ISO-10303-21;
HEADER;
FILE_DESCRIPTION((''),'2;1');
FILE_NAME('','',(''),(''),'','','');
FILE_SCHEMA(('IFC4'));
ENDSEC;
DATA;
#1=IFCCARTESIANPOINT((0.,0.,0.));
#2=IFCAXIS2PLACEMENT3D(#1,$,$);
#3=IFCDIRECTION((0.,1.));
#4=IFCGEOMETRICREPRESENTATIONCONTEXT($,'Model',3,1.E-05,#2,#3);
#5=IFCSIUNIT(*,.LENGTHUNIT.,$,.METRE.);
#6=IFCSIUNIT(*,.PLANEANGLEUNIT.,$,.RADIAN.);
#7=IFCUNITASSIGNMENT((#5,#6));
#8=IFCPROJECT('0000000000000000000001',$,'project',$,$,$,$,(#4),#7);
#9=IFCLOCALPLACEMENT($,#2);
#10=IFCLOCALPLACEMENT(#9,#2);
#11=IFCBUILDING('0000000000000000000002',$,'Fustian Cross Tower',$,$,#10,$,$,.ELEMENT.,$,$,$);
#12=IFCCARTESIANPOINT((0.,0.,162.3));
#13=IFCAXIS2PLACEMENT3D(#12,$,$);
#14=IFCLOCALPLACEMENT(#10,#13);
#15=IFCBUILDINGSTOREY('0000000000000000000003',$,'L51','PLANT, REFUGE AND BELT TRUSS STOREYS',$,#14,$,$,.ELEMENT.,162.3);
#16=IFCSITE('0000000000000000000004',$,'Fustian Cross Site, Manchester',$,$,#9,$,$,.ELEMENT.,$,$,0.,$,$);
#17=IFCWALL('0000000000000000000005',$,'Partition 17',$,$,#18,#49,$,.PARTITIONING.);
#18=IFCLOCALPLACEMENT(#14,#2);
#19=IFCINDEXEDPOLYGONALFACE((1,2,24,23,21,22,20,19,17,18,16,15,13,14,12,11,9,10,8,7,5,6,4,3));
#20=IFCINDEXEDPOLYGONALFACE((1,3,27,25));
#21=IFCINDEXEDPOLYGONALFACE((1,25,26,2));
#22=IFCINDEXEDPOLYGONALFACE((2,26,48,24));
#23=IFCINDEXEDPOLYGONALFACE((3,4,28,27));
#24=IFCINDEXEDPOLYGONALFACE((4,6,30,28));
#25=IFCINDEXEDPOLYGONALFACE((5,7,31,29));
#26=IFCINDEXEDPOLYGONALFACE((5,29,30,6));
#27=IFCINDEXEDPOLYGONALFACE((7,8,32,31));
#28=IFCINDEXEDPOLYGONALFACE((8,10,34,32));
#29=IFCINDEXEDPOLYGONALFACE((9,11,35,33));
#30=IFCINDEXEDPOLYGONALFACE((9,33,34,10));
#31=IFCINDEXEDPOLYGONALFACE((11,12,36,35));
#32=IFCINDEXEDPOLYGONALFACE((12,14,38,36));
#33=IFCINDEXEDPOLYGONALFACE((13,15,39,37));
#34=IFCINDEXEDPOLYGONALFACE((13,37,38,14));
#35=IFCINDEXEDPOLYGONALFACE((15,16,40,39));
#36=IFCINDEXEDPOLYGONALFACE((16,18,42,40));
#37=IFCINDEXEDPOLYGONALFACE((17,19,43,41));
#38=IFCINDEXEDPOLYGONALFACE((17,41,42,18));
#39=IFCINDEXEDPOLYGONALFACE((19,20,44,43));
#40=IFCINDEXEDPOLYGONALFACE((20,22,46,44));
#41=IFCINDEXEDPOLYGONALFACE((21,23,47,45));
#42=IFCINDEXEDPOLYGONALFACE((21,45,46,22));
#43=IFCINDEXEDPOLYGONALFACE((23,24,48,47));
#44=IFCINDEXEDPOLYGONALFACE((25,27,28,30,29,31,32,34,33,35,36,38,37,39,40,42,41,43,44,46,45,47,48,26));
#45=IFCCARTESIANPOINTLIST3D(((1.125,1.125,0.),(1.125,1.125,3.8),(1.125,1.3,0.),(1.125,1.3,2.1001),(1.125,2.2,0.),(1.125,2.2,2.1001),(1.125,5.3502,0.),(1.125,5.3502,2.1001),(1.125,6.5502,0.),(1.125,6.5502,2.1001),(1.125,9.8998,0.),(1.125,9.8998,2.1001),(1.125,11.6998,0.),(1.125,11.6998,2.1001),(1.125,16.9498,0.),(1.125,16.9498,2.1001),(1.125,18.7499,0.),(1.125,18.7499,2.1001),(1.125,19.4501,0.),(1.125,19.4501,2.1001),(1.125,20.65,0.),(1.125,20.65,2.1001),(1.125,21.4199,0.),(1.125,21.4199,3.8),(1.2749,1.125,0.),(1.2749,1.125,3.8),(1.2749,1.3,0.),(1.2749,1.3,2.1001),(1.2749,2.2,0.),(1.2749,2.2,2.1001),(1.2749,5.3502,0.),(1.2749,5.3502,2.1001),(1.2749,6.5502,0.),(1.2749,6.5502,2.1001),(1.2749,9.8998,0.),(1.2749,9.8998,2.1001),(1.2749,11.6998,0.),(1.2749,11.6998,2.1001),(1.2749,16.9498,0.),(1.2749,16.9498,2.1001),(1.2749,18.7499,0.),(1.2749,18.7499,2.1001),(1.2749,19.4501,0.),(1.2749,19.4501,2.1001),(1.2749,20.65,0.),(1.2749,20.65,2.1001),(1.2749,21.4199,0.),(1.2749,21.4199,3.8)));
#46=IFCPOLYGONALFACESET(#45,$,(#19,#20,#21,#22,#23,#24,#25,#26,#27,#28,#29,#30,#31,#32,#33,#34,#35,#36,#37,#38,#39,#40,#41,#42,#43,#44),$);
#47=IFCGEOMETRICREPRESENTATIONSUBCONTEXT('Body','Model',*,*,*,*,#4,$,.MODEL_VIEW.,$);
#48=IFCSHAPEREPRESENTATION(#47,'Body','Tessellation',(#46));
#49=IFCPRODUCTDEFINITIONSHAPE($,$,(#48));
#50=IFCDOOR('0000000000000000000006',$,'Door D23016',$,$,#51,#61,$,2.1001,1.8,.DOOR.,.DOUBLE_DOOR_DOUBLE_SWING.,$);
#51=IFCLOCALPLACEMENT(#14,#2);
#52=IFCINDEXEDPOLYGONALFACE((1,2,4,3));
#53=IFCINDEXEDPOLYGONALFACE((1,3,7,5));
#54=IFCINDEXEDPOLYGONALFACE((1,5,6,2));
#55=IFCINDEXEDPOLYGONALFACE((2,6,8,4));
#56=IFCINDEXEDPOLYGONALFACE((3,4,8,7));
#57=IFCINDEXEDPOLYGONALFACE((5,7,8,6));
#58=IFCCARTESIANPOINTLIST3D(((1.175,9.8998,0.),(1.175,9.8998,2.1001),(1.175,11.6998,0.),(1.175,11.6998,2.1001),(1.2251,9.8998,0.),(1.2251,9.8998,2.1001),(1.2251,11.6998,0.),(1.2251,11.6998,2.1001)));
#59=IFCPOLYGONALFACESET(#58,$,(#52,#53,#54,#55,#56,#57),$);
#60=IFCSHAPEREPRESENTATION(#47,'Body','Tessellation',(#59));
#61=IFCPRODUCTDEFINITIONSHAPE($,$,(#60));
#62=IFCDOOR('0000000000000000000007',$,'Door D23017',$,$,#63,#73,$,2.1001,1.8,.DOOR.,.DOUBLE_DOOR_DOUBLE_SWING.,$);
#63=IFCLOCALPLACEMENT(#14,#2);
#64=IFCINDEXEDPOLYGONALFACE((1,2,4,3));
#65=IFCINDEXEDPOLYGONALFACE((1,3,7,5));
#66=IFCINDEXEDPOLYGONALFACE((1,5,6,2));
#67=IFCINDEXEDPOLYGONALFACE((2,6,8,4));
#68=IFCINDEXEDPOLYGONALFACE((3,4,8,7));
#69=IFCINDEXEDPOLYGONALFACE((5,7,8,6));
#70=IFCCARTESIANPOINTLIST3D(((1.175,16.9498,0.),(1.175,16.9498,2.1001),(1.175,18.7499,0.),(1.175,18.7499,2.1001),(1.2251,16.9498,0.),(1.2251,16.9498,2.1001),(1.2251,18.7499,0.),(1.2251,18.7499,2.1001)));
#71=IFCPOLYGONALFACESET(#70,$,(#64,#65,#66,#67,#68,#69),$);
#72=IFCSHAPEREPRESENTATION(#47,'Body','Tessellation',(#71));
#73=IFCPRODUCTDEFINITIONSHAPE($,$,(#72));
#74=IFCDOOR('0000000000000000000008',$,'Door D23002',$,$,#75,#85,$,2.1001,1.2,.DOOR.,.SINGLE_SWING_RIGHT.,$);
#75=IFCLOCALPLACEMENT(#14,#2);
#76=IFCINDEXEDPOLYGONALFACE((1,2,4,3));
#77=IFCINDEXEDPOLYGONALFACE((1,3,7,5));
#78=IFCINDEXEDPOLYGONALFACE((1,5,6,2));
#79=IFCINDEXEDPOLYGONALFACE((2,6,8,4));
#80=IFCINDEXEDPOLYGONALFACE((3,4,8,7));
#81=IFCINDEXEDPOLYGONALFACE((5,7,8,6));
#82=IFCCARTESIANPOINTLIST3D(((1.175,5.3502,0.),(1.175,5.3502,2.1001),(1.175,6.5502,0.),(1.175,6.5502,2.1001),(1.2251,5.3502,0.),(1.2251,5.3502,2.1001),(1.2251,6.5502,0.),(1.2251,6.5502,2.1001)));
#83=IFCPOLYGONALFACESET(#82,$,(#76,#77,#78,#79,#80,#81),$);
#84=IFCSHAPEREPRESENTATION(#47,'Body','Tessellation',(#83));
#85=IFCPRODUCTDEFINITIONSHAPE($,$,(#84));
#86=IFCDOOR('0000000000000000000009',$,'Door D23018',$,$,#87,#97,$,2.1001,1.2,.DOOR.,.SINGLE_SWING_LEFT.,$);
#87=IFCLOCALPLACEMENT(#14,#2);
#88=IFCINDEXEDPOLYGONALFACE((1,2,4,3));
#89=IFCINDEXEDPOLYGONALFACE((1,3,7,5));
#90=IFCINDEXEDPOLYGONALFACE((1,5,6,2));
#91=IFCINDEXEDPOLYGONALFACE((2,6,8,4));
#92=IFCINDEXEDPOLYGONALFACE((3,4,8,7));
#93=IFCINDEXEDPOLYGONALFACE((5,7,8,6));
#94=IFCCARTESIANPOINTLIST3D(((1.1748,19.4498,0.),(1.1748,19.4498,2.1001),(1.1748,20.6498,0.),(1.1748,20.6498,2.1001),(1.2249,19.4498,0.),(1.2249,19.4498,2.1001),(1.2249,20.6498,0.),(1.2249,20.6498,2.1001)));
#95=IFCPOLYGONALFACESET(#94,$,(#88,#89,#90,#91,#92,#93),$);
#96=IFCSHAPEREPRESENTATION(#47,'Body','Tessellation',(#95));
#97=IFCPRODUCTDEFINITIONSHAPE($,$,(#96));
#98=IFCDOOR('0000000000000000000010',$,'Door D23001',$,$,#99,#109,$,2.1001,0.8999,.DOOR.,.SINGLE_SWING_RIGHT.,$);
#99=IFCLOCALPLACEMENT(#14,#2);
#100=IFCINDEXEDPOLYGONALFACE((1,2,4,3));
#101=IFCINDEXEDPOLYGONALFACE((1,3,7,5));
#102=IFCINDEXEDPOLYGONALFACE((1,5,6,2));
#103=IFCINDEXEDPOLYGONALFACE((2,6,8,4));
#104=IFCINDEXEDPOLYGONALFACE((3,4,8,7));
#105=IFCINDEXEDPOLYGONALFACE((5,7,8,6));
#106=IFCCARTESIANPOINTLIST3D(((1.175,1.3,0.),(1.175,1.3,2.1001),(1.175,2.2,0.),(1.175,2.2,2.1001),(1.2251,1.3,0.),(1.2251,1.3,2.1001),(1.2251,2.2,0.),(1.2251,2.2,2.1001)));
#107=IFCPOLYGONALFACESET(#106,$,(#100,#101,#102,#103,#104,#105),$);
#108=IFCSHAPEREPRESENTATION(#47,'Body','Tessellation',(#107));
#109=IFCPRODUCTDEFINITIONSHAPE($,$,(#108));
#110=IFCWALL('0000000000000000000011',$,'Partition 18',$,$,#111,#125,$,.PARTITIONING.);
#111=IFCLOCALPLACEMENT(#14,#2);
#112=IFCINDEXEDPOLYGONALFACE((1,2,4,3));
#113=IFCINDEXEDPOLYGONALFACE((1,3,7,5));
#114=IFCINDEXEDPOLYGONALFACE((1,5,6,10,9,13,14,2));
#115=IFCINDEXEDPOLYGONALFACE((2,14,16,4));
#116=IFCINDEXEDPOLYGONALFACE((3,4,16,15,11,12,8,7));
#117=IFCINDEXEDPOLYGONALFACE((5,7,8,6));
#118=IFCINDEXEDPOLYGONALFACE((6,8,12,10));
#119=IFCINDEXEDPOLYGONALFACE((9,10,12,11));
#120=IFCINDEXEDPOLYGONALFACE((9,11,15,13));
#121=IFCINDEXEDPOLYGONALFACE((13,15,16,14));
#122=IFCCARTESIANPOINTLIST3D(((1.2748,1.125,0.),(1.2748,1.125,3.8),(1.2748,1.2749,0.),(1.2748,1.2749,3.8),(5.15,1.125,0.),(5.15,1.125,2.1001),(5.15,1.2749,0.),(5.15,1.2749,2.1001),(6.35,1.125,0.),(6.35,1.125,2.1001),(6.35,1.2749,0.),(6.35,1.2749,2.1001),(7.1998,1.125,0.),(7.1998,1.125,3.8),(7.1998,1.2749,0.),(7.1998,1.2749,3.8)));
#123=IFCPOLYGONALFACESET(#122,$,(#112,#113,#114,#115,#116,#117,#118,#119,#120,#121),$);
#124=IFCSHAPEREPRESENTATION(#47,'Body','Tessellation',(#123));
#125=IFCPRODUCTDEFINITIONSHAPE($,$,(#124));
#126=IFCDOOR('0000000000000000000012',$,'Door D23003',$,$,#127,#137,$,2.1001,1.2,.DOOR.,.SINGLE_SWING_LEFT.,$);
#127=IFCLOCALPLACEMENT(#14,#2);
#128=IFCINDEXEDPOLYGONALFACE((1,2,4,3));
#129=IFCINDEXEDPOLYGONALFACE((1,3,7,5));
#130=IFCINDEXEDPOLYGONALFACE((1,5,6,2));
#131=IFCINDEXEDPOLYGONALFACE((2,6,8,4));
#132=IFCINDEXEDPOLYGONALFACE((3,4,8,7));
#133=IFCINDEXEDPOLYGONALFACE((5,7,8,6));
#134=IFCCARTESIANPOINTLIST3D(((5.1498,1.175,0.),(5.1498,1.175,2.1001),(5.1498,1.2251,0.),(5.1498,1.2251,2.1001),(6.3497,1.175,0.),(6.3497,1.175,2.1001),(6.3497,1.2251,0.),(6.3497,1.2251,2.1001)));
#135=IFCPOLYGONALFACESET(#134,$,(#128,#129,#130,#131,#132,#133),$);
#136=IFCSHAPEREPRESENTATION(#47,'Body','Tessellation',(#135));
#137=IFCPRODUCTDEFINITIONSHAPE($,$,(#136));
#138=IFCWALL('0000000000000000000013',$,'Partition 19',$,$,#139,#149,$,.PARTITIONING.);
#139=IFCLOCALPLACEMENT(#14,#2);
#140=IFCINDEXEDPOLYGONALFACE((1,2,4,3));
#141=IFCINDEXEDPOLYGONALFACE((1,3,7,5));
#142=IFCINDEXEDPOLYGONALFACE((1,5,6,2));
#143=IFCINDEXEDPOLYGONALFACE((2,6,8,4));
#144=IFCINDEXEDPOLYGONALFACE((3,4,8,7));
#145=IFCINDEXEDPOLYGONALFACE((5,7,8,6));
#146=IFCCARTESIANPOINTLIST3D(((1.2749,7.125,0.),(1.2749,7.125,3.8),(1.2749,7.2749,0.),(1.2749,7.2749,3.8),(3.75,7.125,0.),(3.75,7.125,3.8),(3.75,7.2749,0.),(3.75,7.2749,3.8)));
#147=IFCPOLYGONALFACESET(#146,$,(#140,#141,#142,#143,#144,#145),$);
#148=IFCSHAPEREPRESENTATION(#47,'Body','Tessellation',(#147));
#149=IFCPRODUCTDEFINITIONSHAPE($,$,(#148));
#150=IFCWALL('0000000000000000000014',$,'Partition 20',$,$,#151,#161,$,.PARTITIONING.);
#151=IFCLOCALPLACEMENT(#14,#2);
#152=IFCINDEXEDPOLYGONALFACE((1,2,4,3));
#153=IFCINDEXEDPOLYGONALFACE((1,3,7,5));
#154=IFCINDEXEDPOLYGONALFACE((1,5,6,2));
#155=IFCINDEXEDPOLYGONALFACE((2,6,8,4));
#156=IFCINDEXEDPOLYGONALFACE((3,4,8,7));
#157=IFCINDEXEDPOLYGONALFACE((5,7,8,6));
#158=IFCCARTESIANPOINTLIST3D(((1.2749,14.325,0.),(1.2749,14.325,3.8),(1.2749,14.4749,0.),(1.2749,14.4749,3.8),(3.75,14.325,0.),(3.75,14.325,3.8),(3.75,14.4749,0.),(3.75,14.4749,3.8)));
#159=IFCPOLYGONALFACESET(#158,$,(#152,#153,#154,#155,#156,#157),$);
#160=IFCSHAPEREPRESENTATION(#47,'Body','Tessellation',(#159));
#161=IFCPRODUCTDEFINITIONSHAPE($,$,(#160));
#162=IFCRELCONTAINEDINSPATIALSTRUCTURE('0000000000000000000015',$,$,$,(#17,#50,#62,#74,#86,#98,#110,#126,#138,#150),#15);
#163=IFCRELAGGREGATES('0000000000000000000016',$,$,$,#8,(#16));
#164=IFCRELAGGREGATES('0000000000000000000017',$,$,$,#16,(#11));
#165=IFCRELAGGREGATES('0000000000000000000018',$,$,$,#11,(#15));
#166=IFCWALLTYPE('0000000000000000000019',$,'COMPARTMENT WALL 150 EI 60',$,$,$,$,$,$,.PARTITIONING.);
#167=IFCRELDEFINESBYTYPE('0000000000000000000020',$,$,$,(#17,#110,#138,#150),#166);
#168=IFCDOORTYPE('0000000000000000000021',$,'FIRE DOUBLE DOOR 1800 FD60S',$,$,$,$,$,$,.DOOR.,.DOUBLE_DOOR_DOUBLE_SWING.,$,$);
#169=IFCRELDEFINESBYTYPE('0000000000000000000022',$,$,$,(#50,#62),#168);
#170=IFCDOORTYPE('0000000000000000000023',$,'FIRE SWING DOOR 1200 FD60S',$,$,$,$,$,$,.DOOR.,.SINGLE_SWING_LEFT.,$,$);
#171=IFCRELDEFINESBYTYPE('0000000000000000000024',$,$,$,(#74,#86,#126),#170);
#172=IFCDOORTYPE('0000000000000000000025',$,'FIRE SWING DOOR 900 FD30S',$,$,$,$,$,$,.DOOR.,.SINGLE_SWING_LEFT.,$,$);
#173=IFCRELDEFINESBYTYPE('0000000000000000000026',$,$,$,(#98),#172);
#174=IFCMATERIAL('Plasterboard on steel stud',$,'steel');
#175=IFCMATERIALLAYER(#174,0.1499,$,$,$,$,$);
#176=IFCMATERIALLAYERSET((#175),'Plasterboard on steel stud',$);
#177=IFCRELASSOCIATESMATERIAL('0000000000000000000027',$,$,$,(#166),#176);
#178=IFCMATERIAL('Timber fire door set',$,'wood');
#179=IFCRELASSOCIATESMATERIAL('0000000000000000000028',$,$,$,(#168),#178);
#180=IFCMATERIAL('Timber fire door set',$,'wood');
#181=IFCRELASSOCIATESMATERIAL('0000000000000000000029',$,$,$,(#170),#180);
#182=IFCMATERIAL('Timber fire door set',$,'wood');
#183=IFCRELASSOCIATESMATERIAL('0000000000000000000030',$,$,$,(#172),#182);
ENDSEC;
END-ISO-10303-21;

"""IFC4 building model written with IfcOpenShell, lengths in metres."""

from ifc_helpers import new_model, si_unit, direction, frame, frame_2d, origin, place, context, subcontext, project, spatial, rectangle, extrude, material, layer, layer_set, type_object, element, fill, save


model = new_model("IFC4")

# Units and contexts
model_context = context("Model", 3, precision=1e-05, world=origin(), true_north=direction((0.0, 1.0)))
body_context = subcontext(model_context, "Body", "Model", "MODEL_VIEW")
ifc_project = project(units=[si_unit("LENGTHUNIT", "METRE"), si_unit("PLANEANGLEUNIT", "RADIAN")], contexts=[model_context])

# Site, building, storey
site_placement = place(None, origin())
site = spatial("IfcSite", under=ifc_project, at=site_placement, Name="Fustian Cross Site, Manchester", CompositionType="ELEMENT", RefElevation=0.0)
building_placement = place(site_placement, origin())
building = spatial("IfcBuilding", under=site, at=building_placement, Name="Fustian Cross Tower", CompositionType="ELEMENT")
storey_placement = place(building_placement, frame((0.0, 0.0, 162.3)))
storey = spatial("IfcBuildingStorey", under=building, at=storey_placement, Name="L51", Description="PLANT, REFUGE AND BELT TRUSS STOREYS", CompositionType="ELEMENT", Elevation=162.3)

# Wall, openings, doors
ifc_material_1 = material(Name="Plasterboard on steel stud", Category="steel")
ifc_layer_1 = layer(ifc_material_1, 0.1499)
ifc_layer_set_1 = layer_set([ifc_layer_1], Name="Plasterboard on steel stud")
wall_type_1 = type_object("IfcWallType", Name="COMPARTMENT WALL 150 EI 60", PredefinedType="PARTITIONING", material=ifc_layer_set_1)
ifc_material_2 = material(Name="Timber fire door set", Category="wood")
door_type_1 = type_object("IfcDoorType", Name="FIRE DOUBLE DOOR 1800 FD60S", OperationType="DOUBLE_DOOR_DOUBLE_SWING", PredefinedType="DOOR", material=ifc_material_2)
ifc_material_3 = material(Name="Timber fire door set", Category="wood")
door_type_2 = type_object("IfcDoorType", Name="FIRE SWING DOOR 1200 FD60S", OperationType="SINGLE_SWING_LEFT", PredefinedType="DOOR", material=ifc_material_3)
wall_1_placement = place(storey_placement, frame((1.2, 1.125, 0.0), z_axis=(0.0, 0.0, 1.0), x_axis=(0.0, 1.0, 0.0)))
wall_1 = element("IfcWall", 1, at=wall_1_placement, inside=storey, type_object=wall_type_1, Name="Partition 17", PredefinedType="PARTITIONING", context=body_context, shape_type="SweptSolid", body=[
    extrude(rectangle(XDim=20.2949, YDim=0.1499, at=frame_2d((10.1475, 0.0))), origin(), (0.0, 0.0, 1.0), 3.8),
])
opening_1_placement = place(wall_1_placement, frame((0.175, 0.0, 0.0)))
opening_1 = element("IfcOpeningElement", 2, at=opening_1_placement, cuts=wall_1, PredefinedType="OPENING", context=body_context, shape_type="SweptSolid", body=[
    extrude(rectangle(XDim=0.8999, YDim=2.1001, at=frame_2d((0.45, 1.05))), frame((0.0, 0.085, 0.0), z_axis=(0.0, -1.0, 0.0), x_axis=(1.0, 0.0, 0.0)), (0.0, 0.0, 1.0), 0.1699),
])
opening_2_placement = place(wall_1_placement, frame((4.2251, 0.0, 0.0)))
opening_2 = element("IfcOpeningElement", 3, at=opening_2_placement, cuts=wall_1, PredefinedType="OPENING", context=body_context, shape_type="SweptSolid", body=[
    extrude(rectangle(XDim=1.2, YDim=2.1001, at=frame_2d((0.6001, 1.05))), frame((0.0, 0.085, 0.0), z_axis=(0.0, -1.0, 0.0), x_axis=(1.0, 0.0, 0.0)), (0.0, 0.0, 1.0), 0.1699),
])
opening_3_placement = place(wall_1_placement, frame((8.7749, 0.0, 0.0)))
opening_3 = element("IfcOpeningElement", 4, at=opening_3_placement, cuts=wall_1, PredefinedType="OPENING", context=body_context, shape_type="SweptSolid", body=[
    extrude(rectangle(XDim=1.8, YDim=2.1001, at=frame_2d((0.8999, 1.05))), frame((0.0, 0.085, 0.0), z_axis=(0.0, -1.0, 0.0), x_axis=(1.0, 0.0, 0.0)), (0.0, 0.0, 1.0), 0.1699),
])
opening_4_placement = place(wall_1_placement, frame((15.825, 0.0, 0.0)))
opening_4 = element("IfcOpeningElement", 5, at=opening_4_placement, cuts=wall_1, PredefinedType="OPENING", context=body_context, shape_type="SweptSolid", body=[
    extrude(rectangle(XDim=1.8, YDim=2.1001, at=frame_2d((0.8999, 1.05))), frame((0.0, 0.085, 0.0), z_axis=(0.0, -1.0, 0.0), x_axis=(1.0, 0.0, 0.0)), (0.0, 0.0, 1.0), 0.1699),
])
opening_5_placement = place(wall_1_placement, frame((18.325, 0.0, 0.0)))
opening_5 = element("IfcOpeningElement", 6, at=opening_5_placement, cuts=wall_1, PredefinedType="OPENING", context=body_context, shape_type="SweptSolid", body=[
    extrude(rectangle(XDim=1.2, YDim=2.1001, at=frame_2d((0.6001, 1.05))), frame((0.0, 0.085, 0.0), z_axis=(0.0, -1.0, 0.0), x_axis=(1.0, 0.0, 0.0)), (0.0, 0.0, 1.0), 0.1699),
])
door_1_placement = place(opening_3_placement, origin())
door_1 = element("IfcDoor", 7, at=door_1_placement, inside=storey, type_object=door_type_1, Name="Door D23016", OperationType="DOUBLE_DOOR_DOUBLE_SWING", OverallHeight=2.1001, OverallWidth=1.8, PredefinedType="DOOR", context=body_context, shape_type="SweptSolid", body=[
    extrude(rectangle(XDim=1.8, YDim=2.1001, at=frame_2d((0.8999, 1.05))), frame((0.0, 0.0249, 0.0), z_axis=(0.0, -1.0, 0.0), x_axis=(1.0, 0.0, 0.0)), (0.0, 0.0, 1.0), 0.05),
])
fill(opening_3, door_1)
door_2_placement = place(opening_4_placement, origin())
door_2 = element("IfcDoor", 8, at=door_2_placement, inside=storey, type_object=door_type_1, Name="Door D23017", OperationType="DOUBLE_DOOR_DOUBLE_SWING", OverallHeight=2.1001, OverallWidth=1.8, PredefinedType="DOOR", context=body_context, shape_type="SweptSolid", body=[
    extrude(rectangle(XDim=1.8, YDim=2.1001, at=frame_2d((0.8999, 1.05))), frame((0.0, 0.0249, 0.0), z_axis=(0.0, -1.0, 0.0), x_axis=(1.0, 0.0, 0.0)), (0.0, 0.0, 1.0), 0.05),
])
fill(opening_4, door_2)
door_3_placement = place(opening_2_placement, origin())
door_3 = element("IfcDoor", 9, at=door_3_placement, inside=storey, type_object=door_type_2, Name="Door D23002", OperationType="SINGLE_SWING_RIGHT", OverallHeight=2.1001, OverallWidth=1.2, PredefinedType="DOOR", context=body_context, shape_type="SweptSolid", body=[
    extrude(rectangle(XDim=1.2, YDim=2.1001, at=frame_2d((0.6001, 1.05))), frame((0.0, 0.0249, 0.0), z_axis=(0.0, -1.0, 0.0), x_axis=(1.0, 0.0, 0.0)), (0.0, 0.0, 1.0), 0.05),
])
fill(opening_2, door_3)
door_4_placement = place(opening_5_placement, frame((1.2, 0.0, 0.0), z_axis=(0.0, 0.0, 1.0), x_axis=(-1.0, 0.0, 0.0)))
door_4 = element("IfcDoor", 10, at=door_4_placement, inside=storey, type_object=door_type_2, Name="Door D23018", OperationType="SINGLE_SWING_LEFT", OverallHeight=2.1001, OverallWidth=1.2, PredefinedType="DOOR", context=body_context, shape_type="SweptSolid", body=[
    extrude(rectangle(XDim=1.2, YDim=2.1001, at=frame_2d((0.6001, 1.05))), frame((0.0, 0.0249, 0.0), z_axis=(0.0, -1.0, 0.0), x_axis=(1.0, 0.0, 0.0)), (0.0, 0.0, 1.0), 0.05),
])
fill(opening_5, door_4)
ifc_material_4 = material(Name="Timber fire door set", Category="wood")
door_type_3 = type_object("IfcDoorType", Name="FIRE SWING DOOR 900 FD30S", OperationType="SINGLE_SWING_LEFT", PredefinedType="DOOR", material=ifc_material_4)
door_5_placement = place(opening_1_placement, origin())
door_5 = element("IfcDoor", 11, at=door_5_placement, inside=storey, type_object=door_type_3, Name="Door D23001", OperationType="SINGLE_SWING_RIGHT", OverallHeight=2.1001, OverallWidth=0.8999, PredefinedType="DOOR", context=body_context, shape_type="SweptSolid", body=[
    extrude(rectangle(XDim=0.8999, YDim=2.1001, at=frame_2d((0.45, 1.05))), frame((0.0, 0.0249, 0.0), z_axis=(0.0, -1.0, 0.0), x_axis=(1.0, 0.0, 0.0)), (0.0, 0.0, 1.0), 0.05),
])
fill(opening_1, door_5)

# Wall, opening, door
wall_2_placement = place(storey_placement, frame((1.2749, 1.2, 0.0), z_axis=(0.0, 0.0, 1.0), x_axis=(1.0, 0.0, 0.0)))
wall_2 = element("IfcWall", 12, at=wall_2_placement, inside=storey, type_object=wall_type_1, Name="Partition 18", PredefinedType="PARTITIONING", context=body_context, shape_type="SweptSolid", body=[
    extrude(rectangle(XDim=5.925, YDim=0.1499, at=frame_2d((2.9624, 0.0))), origin(), (0.0, 0.0, 1.0), 3.8),
])
opening_6_placement = place(wall_2_placement, frame((3.875, 0.0, 0.0)))
opening_6 = element("IfcOpeningElement", 13, at=opening_6_placement, cuts=wall_2, PredefinedType="OPENING", context=body_context, shape_type="SweptSolid", body=[
    extrude(rectangle(XDim=1.2, YDim=2.1001, at=frame_2d((0.6001, 1.05))), frame((0.0, 0.085, 0.0), z_axis=(0.0, -1.0, 0.0), x_axis=(1.0, 0.0, 0.0)), (0.0, 0.0, 1.0), 0.1699),
])
door_6_placement = place(opening_6_placement, frame((1.2, 0.0, 0.0), z_axis=(0.0, 0.0, 1.0), x_axis=(-1.0, 0.0, 0.0)))
door_6 = element("IfcDoor", 14, at=door_6_placement, inside=storey, type_object=door_type_2, Name="Door D23003", OperationType="SINGLE_SWING_LEFT", OverallHeight=2.1001, OverallWidth=1.2, PredefinedType="DOOR", context=body_context, shape_type="SweptSolid", body=[
    extrude(rectangle(XDim=1.2, YDim=2.1001, at=frame_2d((0.6001, 1.05))), frame((0.0, 0.0249, 0.0), z_axis=(0.0, -1.0, 0.0), x_axis=(1.0, 0.0, 0.0)), (0.0, 0.0, 1.0), 0.05),
])
fill(opening_6, door_6)

# Walls
for number, where, z_axis, x_axis, name in (
    (15, (1.2749, 7.2, 0.0), (0.0, 0.0, 1.0), (1.0, 0.0, 0.0), "Partition 19"),
    (16, (1.2749, 14.3999, 0.0), (0.0, 0.0, 1.0), (1.0, 0.0, 0.0), "Partition 20"),
):
    element("IfcWall", number, at=place(storey_placement, frame(where, z_axis=z_axis, x_axis=x_axis)), inside=storey, type_object=wall_type_1, Name=name, PredefinedType="PARTITIONING", context=body_context, shape_type="SweptSolid", body=[
        extrude(rectangle(XDim=2.4751, YDim=0.1499, at=frame_2d((1.2375, 0.0))), origin(), (0.0, 0.0, 1.0), 3.8),
    ])

save(model, "model.ifc")
